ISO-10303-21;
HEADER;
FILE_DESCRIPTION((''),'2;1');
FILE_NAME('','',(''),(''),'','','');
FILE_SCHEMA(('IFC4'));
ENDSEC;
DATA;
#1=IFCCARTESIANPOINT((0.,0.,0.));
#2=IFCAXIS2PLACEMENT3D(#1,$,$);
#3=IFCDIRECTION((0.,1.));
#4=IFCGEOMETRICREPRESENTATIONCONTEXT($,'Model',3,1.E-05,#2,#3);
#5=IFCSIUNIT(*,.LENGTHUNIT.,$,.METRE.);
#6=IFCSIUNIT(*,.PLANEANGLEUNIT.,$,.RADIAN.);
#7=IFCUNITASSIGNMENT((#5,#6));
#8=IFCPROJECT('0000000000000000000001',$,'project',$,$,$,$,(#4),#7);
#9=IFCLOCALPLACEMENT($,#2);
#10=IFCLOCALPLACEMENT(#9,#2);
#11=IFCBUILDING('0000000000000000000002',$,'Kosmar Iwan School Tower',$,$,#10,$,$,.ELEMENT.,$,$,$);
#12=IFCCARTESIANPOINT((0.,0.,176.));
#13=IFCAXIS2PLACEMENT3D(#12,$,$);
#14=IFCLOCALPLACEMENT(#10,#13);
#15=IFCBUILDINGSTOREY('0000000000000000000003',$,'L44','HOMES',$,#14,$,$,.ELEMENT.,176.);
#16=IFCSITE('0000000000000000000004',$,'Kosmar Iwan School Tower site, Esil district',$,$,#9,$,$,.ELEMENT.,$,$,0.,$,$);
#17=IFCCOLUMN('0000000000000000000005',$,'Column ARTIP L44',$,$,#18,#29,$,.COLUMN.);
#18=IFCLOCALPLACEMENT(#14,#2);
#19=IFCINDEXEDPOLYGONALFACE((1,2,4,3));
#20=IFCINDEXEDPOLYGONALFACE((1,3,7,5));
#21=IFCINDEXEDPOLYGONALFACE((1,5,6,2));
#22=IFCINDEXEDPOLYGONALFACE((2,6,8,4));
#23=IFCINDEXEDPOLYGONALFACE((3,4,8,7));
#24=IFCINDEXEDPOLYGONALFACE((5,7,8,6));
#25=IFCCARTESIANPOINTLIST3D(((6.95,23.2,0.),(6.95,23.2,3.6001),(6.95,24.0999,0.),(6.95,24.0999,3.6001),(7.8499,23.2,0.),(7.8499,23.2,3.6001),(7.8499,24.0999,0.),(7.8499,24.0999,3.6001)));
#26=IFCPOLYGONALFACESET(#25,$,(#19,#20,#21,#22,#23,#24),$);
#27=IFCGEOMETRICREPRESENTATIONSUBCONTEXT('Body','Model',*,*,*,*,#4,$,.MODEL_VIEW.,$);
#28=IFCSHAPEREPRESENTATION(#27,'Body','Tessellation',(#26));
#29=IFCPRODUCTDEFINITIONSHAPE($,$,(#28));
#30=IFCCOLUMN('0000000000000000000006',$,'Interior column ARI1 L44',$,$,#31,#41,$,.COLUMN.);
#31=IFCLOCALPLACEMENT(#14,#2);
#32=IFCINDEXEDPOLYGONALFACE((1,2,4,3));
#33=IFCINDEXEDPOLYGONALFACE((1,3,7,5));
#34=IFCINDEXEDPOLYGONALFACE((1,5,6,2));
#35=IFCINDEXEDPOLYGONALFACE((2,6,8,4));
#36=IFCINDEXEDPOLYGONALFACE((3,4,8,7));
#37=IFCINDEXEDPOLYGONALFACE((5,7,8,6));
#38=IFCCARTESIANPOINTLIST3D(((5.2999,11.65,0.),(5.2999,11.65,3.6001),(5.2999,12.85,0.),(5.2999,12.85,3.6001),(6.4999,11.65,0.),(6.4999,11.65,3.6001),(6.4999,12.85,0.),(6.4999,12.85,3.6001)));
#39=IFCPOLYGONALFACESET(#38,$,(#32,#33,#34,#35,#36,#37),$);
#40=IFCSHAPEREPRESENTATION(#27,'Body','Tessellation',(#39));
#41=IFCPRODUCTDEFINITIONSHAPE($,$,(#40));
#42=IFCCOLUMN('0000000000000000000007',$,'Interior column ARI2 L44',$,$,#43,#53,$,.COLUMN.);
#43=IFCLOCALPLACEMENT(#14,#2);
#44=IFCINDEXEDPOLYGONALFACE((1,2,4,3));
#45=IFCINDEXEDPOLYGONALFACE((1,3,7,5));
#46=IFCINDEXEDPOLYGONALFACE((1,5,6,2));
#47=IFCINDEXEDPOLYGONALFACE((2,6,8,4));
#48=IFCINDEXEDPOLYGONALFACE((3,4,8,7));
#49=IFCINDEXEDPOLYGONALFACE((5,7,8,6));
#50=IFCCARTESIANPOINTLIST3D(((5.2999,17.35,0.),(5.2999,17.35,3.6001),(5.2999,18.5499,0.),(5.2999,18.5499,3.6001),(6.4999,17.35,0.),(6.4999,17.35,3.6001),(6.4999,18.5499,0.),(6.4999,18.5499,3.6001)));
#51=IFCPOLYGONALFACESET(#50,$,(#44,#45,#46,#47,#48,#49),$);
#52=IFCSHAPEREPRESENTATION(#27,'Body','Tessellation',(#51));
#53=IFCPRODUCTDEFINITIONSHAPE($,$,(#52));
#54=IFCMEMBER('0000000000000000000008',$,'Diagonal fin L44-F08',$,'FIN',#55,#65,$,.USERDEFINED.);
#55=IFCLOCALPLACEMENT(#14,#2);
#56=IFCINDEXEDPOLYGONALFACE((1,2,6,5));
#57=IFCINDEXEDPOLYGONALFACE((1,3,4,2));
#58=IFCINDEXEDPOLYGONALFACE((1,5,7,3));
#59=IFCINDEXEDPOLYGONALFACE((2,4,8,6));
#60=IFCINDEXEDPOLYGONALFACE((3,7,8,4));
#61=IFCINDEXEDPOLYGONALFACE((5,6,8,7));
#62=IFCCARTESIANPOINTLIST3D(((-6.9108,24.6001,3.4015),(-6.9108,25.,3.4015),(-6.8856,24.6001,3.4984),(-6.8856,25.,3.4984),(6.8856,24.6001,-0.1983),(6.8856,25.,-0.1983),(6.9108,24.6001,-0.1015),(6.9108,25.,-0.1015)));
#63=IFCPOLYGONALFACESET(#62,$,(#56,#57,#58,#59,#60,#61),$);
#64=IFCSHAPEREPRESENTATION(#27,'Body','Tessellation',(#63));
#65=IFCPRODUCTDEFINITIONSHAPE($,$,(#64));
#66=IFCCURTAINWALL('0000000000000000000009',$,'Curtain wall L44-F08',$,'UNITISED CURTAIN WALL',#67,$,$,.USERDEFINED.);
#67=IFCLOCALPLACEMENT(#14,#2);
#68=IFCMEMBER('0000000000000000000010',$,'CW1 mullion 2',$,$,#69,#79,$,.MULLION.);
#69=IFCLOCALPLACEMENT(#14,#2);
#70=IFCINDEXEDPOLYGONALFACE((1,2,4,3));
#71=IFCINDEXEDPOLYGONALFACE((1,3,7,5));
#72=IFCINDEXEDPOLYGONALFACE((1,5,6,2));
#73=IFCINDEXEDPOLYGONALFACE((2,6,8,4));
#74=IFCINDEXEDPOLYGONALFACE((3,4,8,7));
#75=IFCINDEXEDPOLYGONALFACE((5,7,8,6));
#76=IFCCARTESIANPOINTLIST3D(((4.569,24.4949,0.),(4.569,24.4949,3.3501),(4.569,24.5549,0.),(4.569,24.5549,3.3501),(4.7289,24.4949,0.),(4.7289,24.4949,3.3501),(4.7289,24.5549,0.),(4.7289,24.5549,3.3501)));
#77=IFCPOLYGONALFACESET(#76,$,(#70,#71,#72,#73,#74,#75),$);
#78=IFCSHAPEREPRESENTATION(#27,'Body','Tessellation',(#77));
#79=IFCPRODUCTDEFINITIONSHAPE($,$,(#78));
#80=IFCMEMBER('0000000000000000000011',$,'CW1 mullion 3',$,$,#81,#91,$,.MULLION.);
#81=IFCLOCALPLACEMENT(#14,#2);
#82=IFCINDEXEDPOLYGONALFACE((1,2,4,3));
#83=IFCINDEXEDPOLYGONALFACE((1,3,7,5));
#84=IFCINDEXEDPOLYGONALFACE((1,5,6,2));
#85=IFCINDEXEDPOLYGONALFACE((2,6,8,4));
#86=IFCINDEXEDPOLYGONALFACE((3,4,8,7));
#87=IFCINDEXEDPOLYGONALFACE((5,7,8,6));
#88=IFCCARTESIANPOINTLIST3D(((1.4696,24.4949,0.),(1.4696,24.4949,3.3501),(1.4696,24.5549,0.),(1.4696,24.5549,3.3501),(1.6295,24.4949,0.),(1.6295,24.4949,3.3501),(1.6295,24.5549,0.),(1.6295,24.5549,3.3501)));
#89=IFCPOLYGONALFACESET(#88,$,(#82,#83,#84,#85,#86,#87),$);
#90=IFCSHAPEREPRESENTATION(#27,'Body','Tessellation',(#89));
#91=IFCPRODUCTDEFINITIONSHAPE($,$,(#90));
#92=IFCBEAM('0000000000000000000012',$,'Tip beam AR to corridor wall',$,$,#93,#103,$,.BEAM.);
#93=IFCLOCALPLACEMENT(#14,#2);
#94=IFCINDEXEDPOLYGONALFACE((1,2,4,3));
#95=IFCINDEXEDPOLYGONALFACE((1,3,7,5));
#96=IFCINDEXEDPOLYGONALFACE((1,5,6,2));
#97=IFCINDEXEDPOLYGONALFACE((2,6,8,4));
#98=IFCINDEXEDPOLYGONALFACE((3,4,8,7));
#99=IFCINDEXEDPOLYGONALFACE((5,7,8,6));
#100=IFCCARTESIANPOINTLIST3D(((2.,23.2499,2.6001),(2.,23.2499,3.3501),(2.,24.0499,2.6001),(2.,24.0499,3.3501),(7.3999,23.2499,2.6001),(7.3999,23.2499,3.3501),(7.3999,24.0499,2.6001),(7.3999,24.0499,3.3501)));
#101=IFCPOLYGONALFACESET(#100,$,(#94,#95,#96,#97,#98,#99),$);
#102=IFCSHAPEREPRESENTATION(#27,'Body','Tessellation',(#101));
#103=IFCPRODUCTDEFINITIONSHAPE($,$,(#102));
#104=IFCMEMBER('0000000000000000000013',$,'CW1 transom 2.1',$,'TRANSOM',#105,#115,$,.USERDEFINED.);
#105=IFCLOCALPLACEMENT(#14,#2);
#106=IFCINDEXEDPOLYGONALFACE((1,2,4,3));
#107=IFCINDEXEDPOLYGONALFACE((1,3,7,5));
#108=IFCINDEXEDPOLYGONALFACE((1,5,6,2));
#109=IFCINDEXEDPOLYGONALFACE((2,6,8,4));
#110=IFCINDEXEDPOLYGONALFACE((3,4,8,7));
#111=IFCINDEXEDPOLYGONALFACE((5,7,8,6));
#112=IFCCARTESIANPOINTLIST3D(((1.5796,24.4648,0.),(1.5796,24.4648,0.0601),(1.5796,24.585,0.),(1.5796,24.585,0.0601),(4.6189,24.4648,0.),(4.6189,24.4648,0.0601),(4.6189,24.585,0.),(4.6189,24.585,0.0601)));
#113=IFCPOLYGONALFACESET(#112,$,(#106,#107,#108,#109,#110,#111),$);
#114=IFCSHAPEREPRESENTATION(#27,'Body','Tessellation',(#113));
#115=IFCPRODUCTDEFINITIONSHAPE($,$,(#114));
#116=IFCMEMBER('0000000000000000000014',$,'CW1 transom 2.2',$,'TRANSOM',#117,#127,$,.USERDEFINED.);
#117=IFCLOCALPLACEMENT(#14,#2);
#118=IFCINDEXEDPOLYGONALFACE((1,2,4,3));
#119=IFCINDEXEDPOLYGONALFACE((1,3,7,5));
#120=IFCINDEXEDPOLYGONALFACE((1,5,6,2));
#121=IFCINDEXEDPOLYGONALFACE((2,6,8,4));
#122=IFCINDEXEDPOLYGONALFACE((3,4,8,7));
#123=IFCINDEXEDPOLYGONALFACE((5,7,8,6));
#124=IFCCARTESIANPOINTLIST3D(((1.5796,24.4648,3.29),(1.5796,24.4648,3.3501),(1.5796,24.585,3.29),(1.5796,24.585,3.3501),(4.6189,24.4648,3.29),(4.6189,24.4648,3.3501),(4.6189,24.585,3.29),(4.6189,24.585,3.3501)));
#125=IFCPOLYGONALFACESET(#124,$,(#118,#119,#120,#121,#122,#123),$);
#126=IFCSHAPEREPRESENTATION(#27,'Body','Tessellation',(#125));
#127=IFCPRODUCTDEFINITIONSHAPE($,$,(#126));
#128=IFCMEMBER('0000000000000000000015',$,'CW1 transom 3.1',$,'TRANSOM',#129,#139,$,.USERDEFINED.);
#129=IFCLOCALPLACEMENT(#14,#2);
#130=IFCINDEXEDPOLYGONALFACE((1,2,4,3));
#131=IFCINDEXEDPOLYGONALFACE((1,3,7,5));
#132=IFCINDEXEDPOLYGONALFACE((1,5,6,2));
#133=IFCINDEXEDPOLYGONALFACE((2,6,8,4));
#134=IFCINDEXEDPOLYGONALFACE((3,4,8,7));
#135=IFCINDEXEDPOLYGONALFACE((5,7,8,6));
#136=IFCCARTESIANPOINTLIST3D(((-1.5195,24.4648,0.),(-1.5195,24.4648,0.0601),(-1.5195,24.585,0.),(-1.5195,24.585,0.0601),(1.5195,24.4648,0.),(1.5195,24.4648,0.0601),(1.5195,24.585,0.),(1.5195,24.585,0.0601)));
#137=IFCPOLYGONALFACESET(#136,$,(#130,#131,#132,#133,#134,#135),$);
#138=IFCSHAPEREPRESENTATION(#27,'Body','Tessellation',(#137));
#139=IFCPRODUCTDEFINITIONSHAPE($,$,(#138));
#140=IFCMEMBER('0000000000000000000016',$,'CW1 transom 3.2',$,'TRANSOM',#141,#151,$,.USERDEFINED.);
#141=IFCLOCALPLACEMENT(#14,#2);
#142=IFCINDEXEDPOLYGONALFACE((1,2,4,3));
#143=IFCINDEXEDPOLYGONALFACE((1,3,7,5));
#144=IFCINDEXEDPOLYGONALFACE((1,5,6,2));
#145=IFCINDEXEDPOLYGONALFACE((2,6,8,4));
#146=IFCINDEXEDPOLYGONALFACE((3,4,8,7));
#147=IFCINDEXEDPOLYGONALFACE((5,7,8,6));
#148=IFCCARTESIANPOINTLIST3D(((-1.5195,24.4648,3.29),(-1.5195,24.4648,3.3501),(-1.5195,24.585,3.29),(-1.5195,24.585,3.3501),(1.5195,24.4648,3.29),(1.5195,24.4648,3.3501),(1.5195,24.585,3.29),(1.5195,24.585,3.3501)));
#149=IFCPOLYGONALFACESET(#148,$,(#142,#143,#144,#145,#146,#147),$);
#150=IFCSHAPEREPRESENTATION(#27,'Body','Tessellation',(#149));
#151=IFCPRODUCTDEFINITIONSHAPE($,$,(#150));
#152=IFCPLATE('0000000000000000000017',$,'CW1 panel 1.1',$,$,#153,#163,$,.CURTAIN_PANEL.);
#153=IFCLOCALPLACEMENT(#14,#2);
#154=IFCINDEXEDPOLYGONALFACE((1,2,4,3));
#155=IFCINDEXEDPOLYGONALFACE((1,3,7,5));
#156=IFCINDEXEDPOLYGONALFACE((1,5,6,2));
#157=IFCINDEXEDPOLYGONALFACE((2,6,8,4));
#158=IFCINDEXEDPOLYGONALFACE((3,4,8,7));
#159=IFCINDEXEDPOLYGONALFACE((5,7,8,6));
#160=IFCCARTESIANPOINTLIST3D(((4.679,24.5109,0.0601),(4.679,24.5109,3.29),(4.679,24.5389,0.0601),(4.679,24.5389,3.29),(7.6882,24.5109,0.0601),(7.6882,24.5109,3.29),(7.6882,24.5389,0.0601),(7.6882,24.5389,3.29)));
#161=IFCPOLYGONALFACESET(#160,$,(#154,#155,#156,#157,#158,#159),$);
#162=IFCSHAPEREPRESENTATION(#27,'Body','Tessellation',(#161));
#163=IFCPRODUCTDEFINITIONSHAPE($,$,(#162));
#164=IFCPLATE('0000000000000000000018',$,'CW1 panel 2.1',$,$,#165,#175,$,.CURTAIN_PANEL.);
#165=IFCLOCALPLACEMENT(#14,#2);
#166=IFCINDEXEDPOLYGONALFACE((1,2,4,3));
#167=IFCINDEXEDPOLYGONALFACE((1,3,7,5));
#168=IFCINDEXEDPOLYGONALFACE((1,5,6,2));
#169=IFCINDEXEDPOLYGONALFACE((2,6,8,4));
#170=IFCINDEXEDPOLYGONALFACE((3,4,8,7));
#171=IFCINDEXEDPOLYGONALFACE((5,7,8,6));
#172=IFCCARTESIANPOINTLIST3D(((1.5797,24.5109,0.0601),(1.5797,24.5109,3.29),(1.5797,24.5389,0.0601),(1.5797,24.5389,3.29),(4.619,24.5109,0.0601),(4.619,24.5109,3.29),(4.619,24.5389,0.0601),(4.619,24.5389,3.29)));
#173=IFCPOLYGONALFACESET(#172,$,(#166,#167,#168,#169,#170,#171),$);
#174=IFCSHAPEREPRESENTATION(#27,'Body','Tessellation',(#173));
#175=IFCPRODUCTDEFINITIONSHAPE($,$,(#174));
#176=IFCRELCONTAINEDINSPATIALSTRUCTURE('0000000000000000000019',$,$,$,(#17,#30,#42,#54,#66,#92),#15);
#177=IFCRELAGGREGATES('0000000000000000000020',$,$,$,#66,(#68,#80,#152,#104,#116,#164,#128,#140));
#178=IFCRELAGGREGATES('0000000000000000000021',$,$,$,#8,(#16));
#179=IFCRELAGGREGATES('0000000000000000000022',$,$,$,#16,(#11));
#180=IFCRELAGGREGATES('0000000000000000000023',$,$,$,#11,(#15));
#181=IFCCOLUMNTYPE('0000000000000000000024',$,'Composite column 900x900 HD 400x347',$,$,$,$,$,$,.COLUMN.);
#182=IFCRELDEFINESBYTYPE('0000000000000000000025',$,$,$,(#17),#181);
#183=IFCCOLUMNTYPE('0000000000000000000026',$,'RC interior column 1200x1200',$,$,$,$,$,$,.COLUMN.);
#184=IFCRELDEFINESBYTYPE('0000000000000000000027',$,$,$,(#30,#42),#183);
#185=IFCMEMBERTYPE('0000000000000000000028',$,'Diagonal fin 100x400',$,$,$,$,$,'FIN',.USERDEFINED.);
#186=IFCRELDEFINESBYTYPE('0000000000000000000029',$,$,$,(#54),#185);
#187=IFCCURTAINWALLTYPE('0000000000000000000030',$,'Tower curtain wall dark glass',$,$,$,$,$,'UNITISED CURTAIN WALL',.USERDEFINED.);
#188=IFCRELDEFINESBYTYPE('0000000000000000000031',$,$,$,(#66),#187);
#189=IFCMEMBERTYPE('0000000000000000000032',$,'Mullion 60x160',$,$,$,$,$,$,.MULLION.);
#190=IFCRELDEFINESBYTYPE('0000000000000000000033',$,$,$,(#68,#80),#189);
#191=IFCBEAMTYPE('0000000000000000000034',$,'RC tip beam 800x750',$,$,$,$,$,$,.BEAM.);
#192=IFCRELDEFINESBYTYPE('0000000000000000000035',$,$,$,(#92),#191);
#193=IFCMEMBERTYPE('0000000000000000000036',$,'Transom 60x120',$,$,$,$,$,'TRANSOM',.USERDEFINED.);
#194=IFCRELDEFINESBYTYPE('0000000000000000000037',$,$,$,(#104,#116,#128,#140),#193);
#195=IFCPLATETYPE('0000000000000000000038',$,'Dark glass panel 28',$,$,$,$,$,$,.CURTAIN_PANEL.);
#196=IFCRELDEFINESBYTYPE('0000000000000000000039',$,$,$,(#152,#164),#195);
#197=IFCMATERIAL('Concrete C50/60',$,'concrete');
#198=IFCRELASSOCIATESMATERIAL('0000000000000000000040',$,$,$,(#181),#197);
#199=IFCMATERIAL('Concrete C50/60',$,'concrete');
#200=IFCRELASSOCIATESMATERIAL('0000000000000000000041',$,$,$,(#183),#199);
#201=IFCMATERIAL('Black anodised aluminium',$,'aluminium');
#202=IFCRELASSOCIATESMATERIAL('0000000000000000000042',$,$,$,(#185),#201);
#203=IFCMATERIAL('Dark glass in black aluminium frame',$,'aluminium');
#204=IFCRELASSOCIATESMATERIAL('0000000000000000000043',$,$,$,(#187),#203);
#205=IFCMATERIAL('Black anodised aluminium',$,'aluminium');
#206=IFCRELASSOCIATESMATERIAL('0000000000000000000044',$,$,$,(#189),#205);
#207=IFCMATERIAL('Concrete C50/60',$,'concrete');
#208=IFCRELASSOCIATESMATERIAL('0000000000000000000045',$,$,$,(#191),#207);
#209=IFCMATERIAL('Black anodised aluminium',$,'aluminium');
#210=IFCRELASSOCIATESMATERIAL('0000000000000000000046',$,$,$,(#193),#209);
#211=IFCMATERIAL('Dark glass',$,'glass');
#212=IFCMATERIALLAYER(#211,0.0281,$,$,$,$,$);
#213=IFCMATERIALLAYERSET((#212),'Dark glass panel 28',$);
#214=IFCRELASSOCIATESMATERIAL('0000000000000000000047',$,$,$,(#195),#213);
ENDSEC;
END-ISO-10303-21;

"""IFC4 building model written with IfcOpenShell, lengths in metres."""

from ifc_helpers import new_model, si_unit, direction, frame, origin, origin_2d, place, context, subcontext, project, spatial, rectangle, extrude, material, layer, layer_set, material_profile, profile_set, type_object, element, aggregate, save


model = new_model("IFC4")

# Units and contexts
model_context = context("Model", 3, precision=1e-05, world=origin(), true_north=direction((0.0, 1.0)))
body_context = subcontext(model_context, "Body", "Model", "MODEL_VIEW")
ifc_project = project(units=[si_unit("LENGTHUNIT", "METRE"), si_unit("PLANEANGLEUNIT", "RADIAN")], contexts=[model_context])

# Site, building, storey
site_placement = place(None, origin())
site = spatial("IfcSite", under=ifc_project, at=site_placement, Name="Kosmar Iwan School Tower site, Esil district", CompositionType="ELEMENT", RefElevation=0.0)
building_placement = place(site_placement, origin())
building = spatial("IfcBuilding", under=site, at=building_placement, Name="Kosmar Iwan School Tower", CompositionType="ELEMENT")
storey_placement = place(building_placement, frame((0.0, 0.0, 176.0)))
storey = spatial("IfcBuildingStorey", under=building, at=storey_placement, Name="L44", Description="HOMES", CompositionType="ELEMENT", Elevation=176.0)

# Columns
ifc_material_1 = material(Name="Concrete C50/60", Category="concrete")
ifc_material_profile_1 = material_profile(ifc_material_1, rectangle(XDim=0.8999, YDim=0.8999, at=origin_2d()), Name="RC 900x900 + HD 400x347")
ifc_profile_set_1 = profile_set([ifc_material_profile_1], Name="Concrete C50/60")
column_type_1 = type_object("IfcColumnType", Name="Composite column 900x900 HD 400x347", PredefinedType="COLUMN", material=ifc_profile_set_1)
column_placement = place(storey_placement, frame((7.3999, 23.6499, 0.0), z_axis=(0.0, 0.0, 1.0), x_axis=(0.0, 1.0, 0.0)))
element("IfcColumn", 1, at=column_placement, inside=storey, type_object=column_type_1, Name="Column ARTIP L44", PredefinedType="COLUMN", context=body_context, shape_type="SweptSolid", body=[
    extrude(rectangle(XDim=0.8999, YDim=0.8999, at=origin_2d()), origin(), (0.0, 0.0, 1.0), 3.6001),
])
ifc_material_2 = material(Name="Concrete C50/60", Category="concrete")
ifc_material_profile_2 = material_profile(ifc_material_2, rectangle(XDim=1.2, YDim=1.2, at=origin_2d()), Name="RC 1200x1200")
ifc_profile_set_2 = profile_set([ifc_material_profile_2], Name="Concrete C50/60")
column_type_2 = type_object("IfcColumnType", Name="RC interior column 1200x1200", PredefinedType="COLUMN", material=ifc_profile_set_2)
for number, where, z_axis, x_axis, name in (
    (2, (5.8999, 12.25, 0.0), (0.0, 0.0, 1.0), (0.0, 1.0, 0.0), "Interior column ARI1 L44"),
    (3, (5.8999, 17.95, 0.0), (0.0, 0.0, 1.0), (0.0, 1.0, 0.0), "Interior column ARI2 L44"),
):
    element("IfcColumn", number, at=place(storey_placement, frame(where, z_axis=z_axis, x_axis=x_axis)), inside=storey, type_object=column_type_2, Name=name, PredefinedType="COLUMN", context=body_context, shape_type="SweptSolid", body=[
        extrude(rectangle(XDim=1.2, YDim=1.2, at=origin_2d()), origin(), (0.0, 0.0, 1.0), 3.6001),
    ])

# Member
ifc_material_3 = material(Name="Black anodised aluminium", Category="aluminium")
ifc_material_profile_3 = material_profile(ifc_material_3, rectangle(XDim=0.1001, YDim=0.3999, at=origin_2d()), Name="FIN 100x400")
ifc_profile_set_3 = profile_set([ifc_material_profile_3], Name="Black anodised aluminium")
member_type_1 = type_object("IfcMemberType", Name="Diagonal fin 100x400", ElementType="FIN", PredefinedType="USERDEFINED", material=ifc_profile_set_3)
member_1_placement = place(storey_placement, frame((6.8982, 24.8, -0.1499), z_axis=(-0.967604, 0.0, 0.252474), x_axis=(0.252474, 0.0, 0.967604)))
element("IfcMember", 4, at=member_1_placement, inside=storey, type_object=member_type_1, Name="Diagonal fin L44-F08", ObjectType="FIN", PredefinedType="USERDEFINED", context=body_context, shape_type="SweptSolid", body=[
    extrude(rectangle(XDim=0.1001, YDim=0.3999, at=origin_2d()), origin(), (0.0, 0.0, 1.0), 14.2583),
])

# Curtain wall, members
ifc_material_4 = material(Name="Dark glass in black aluminium frame", Category="aluminium")
curtain_wall_type = type_object("IfcCurtainWallType", Name="Tower curtain wall dark glass", ElementType="UNITISED CURTAIN WALL", PredefinedType="USERDEFINED", material=ifc_material_4)
curtain_wall_placement = place(storey_placement, origin())
curtain_wall = element("IfcCurtainWall", 5, at=curtain_wall_placement, inside=storey, type_object=curtain_wall_type, Name="Curtain wall L44-F08", ObjectType="UNITISED CURTAIN WALL", PredefinedType="USERDEFINED")
ifc_material_5 = material(Name="Black anodised aluminium", Category="aluminium")
ifc_material_profile_4 = material_profile(ifc_material_5, rectangle(XDim=0.0601, YDim=0.1599, at=origin_2d()), Name="MULLION 60x160")
ifc_profile_set_4 = profile_set([ifc_material_profile_4], Name="Black anodised aluminium")
member_type_2 = type_object("IfcMemberType", Name="Mullion 60x160", PredefinedType="MULLION", material=ifc_profile_set_4)
member_2_placement = place(storey_placement, frame((4.6489, 24.5249, 0.0), z_axis=(0.0, 0.0, 1.0), x_axis=(0.0, -1.0, 0.0)))
member_2 = element("IfcMember", 6, at=member_2_placement, type_object=member_type_2, Name="CW1 mullion 2", PredefinedType="MULLION", context=body_context, shape_type="SweptSolid", body=[
    extrude(rectangle(XDim=0.0601, YDim=0.1599, at=origin_2d()), origin(), (0.0, 0.0, 1.0), 3.3501),
])
member_3_placement = place(storey_placement, frame((1.5496, 24.5249, 0.0), z_axis=(0.0, 0.0, 1.0), x_axis=(0.0, -1.0, 0.0)))
member_3 = element("IfcMember", 7, at=member_3_placement, type_object=member_type_2, Name="CW1 mullion 3", PredefinedType="MULLION", context=body_context, shape_type="SweptSolid", body=[
    extrude(rectangle(XDim=0.0601, YDim=0.1599, at=origin_2d()), origin(), (0.0, 0.0, 1.0), 3.3501),
])

# Beam
ifc_material_6 = material(Name="Concrete C50/60", Category="concrete")
ifc_material_profile_5 = material_profile(ifc_material_6, rectangle(XDim=0.8, YDim=0.75, at=origin_2d()), Name="RC 800x750")
ifc_profile_set_5 = profile_set([ifc_material_profile_5], Name="Concrete C50/60")
beam_type = type_object("IfcBeamType", Name="RC tip beam 800x750", PredefinedType="BEAM", material=ifc_profile_set_5)
beam_placement = place(storey_placement, frame((7.3999, 23.6499, 2.9751), z_axis=(-1.0, 0.0, 0.0), x_axis=(0.0, -1.0, 0.0)))
element("IfcBeam", 8, at=beam_placement, inside=storey, type_object=beam_type, Name="Tip beam AR to corridor wall", PredefinedType="BEAM", context=body_context, shape_type="SweptSolid", body=[
    extrude(rectangle(XDim=0.8, YDim=0.75, at=origin_2d()), origin(), (0.0, 0.0, 1.0), 5.3999),
])

# Members
ifc_material_7 = material(Name="Black anodised aluminium", Category="aluminium")
ifc_material_profile_6 = material_profile(ifc_material_7, rectangle(XDim=0.1201, YDim=0.0601, at=origin_2d()), Name="TRANSOM 60x120")
ifc_profile_set_6 = profile_set([ifc_material_profile_6], Name="Black anodised aluminium")
member_type_3 = type_object("IfcMemberType", Name="Transom 60x120", ElementType="TRANSOM", PredefinedType="USERDEFINED", material=ifc_profile_set_6)
member_4_placement = place(storey_placement, frame((4.6189, 24.5249, 0.03), z_axis=(-1.0, 0.0, 0.0), x_axis=(0.0, -1.0, 0.0)))
member_4 = element("IfcMember", 9, at=member_4_placement, type_object=member_type_3, Name="CW1 transom 2.1", ObjectType="TRANSOM", PredefinedType="USERDEFINED", context=body_context, shape_type="SweptSolid", body=[
    extrude(rectangle(XDim=0.1201, YDim=0.0601, at=origin_2d()), origin(), (0.0, 0.0, 1.0), 3.0393),
])
member_5_placement = place(storey_placement, frame((4.6189, 24.5249, 3.3201), z_axis=(-1.0, 0.0, 0.0), x_axis=(0.0, -1.0, 0.0)))
member_5 = element("IfcMember", 10, at=member_5_placement, type_object=member_type_3, Name="CW1 transom 2.2", ObjectType="TRANSOM", PredefinedType="USERDEFINED", context=body_context, shape_type="SweptSolid", body=[
    extrude(rectangle(XDim=0.1201, YDim=0.0601, at=origin_2d()), origin(), (0.0, 0.0, 1.0), 3.0393),
])
member_6_placement = place(storey_placement, frame((1.5195, 24.5249, 0.03), z_axis=(-1.0, 0.0, 0.0), x_axis=(0.0, -1.0, 0.0)))
member_6 = element("IfcMember", 11, at=member_6_placement, type_object=member_type_3, Name="CW1 transom 3.1", ObjectType="TRANSOM", PredefinedType="USERDEFINED", context=body_context, shape_type="SweptSolid", body=[
    extrude(rectangle(XDim=0.1201, YDim=0.0601, at=origin_2d()), origin(), (0.0, 0.0, 1.0), 3.0391),
])
member_7_placement = place(storey_placement, frame((1.5195, 24.5249, 3.3201), z_axis=(-1.0, 0.0, 0.0), x_axis=(0.0, -1.0, 0.0)))
member_7 = element("IfcMember", 12, at=member_7_placement, type_object=member_type_3, Name="CW1 transom 3.2", ObjectType="TRANSOM", PredefinedType="USERDEFINED", context=body_context, shape_type="SweptSolid", body=[
    extrude(rectangle(XDim=0.1201, YDim=0.0601, at=origin_2d()), origin(), (0.0, 0.0, 1.0), 3.0391),
])

# Plates
ifc_material_8 = material(Name="Dark glass", Category="glass")
ifc_layer_1 = layer(ifc_material_8, 0.0281)
ifc_layer_set_1 = layer_set([ifc_layer_1], Name="Dark glass panel 28")
plate_type = type_object("IfcPlateType", Name="Dark glass panel 28", PredefinedType="CURTAIN_PANEL", material=ifc_layer_set_1)
plate_1_placement = place(storey_placement, frame((6.1836, 24.5249, 0.0601), z_axis=(0.0, 0.0, 1.0), x_axis=(-1.0, 0.0, 0.0)))
plate_1 = element("IfcPlate", 13, at=plate_1_placement, type_object=plate_type, Name="CW1 panel 1.1", PredefinedType="CURTAIN_PANEL", context=body_context, shape_type="SweptSolid", body=[
    extrude(rectangle(XDim=3.0093, YDim=0.0281, at=origin_2d()), origin(), (0.0, 0.0, 1.0), 3.23),
])
plate_2_placement = place(storey_placement, frame((3.0994, 24.5249, 0.0601), z_axis=(0.0, 0.0, 1.0), x_axis=(-1.0, 0.0, 0.0)))
plate_2 = element("IfcPlate", 14, at=plate_2_placement, type_object=plate_type, Name="CW1 panel 2.1", PredefinedType="CURTAIN_PANEL", context=body_context, shape_type="SweptSolid", body=[
    extrude(rectangle(XDim=3.0393, YDim=0.0281, at=origin_2d()), origin(), (0.0, 0.0, 1.0), 3.23),
])
aggregate(curtain_wall, [member_2, member_3, plate_1, member_4, member_5, plate_2, member_6, member_7])

save(model, "model.ifc")
